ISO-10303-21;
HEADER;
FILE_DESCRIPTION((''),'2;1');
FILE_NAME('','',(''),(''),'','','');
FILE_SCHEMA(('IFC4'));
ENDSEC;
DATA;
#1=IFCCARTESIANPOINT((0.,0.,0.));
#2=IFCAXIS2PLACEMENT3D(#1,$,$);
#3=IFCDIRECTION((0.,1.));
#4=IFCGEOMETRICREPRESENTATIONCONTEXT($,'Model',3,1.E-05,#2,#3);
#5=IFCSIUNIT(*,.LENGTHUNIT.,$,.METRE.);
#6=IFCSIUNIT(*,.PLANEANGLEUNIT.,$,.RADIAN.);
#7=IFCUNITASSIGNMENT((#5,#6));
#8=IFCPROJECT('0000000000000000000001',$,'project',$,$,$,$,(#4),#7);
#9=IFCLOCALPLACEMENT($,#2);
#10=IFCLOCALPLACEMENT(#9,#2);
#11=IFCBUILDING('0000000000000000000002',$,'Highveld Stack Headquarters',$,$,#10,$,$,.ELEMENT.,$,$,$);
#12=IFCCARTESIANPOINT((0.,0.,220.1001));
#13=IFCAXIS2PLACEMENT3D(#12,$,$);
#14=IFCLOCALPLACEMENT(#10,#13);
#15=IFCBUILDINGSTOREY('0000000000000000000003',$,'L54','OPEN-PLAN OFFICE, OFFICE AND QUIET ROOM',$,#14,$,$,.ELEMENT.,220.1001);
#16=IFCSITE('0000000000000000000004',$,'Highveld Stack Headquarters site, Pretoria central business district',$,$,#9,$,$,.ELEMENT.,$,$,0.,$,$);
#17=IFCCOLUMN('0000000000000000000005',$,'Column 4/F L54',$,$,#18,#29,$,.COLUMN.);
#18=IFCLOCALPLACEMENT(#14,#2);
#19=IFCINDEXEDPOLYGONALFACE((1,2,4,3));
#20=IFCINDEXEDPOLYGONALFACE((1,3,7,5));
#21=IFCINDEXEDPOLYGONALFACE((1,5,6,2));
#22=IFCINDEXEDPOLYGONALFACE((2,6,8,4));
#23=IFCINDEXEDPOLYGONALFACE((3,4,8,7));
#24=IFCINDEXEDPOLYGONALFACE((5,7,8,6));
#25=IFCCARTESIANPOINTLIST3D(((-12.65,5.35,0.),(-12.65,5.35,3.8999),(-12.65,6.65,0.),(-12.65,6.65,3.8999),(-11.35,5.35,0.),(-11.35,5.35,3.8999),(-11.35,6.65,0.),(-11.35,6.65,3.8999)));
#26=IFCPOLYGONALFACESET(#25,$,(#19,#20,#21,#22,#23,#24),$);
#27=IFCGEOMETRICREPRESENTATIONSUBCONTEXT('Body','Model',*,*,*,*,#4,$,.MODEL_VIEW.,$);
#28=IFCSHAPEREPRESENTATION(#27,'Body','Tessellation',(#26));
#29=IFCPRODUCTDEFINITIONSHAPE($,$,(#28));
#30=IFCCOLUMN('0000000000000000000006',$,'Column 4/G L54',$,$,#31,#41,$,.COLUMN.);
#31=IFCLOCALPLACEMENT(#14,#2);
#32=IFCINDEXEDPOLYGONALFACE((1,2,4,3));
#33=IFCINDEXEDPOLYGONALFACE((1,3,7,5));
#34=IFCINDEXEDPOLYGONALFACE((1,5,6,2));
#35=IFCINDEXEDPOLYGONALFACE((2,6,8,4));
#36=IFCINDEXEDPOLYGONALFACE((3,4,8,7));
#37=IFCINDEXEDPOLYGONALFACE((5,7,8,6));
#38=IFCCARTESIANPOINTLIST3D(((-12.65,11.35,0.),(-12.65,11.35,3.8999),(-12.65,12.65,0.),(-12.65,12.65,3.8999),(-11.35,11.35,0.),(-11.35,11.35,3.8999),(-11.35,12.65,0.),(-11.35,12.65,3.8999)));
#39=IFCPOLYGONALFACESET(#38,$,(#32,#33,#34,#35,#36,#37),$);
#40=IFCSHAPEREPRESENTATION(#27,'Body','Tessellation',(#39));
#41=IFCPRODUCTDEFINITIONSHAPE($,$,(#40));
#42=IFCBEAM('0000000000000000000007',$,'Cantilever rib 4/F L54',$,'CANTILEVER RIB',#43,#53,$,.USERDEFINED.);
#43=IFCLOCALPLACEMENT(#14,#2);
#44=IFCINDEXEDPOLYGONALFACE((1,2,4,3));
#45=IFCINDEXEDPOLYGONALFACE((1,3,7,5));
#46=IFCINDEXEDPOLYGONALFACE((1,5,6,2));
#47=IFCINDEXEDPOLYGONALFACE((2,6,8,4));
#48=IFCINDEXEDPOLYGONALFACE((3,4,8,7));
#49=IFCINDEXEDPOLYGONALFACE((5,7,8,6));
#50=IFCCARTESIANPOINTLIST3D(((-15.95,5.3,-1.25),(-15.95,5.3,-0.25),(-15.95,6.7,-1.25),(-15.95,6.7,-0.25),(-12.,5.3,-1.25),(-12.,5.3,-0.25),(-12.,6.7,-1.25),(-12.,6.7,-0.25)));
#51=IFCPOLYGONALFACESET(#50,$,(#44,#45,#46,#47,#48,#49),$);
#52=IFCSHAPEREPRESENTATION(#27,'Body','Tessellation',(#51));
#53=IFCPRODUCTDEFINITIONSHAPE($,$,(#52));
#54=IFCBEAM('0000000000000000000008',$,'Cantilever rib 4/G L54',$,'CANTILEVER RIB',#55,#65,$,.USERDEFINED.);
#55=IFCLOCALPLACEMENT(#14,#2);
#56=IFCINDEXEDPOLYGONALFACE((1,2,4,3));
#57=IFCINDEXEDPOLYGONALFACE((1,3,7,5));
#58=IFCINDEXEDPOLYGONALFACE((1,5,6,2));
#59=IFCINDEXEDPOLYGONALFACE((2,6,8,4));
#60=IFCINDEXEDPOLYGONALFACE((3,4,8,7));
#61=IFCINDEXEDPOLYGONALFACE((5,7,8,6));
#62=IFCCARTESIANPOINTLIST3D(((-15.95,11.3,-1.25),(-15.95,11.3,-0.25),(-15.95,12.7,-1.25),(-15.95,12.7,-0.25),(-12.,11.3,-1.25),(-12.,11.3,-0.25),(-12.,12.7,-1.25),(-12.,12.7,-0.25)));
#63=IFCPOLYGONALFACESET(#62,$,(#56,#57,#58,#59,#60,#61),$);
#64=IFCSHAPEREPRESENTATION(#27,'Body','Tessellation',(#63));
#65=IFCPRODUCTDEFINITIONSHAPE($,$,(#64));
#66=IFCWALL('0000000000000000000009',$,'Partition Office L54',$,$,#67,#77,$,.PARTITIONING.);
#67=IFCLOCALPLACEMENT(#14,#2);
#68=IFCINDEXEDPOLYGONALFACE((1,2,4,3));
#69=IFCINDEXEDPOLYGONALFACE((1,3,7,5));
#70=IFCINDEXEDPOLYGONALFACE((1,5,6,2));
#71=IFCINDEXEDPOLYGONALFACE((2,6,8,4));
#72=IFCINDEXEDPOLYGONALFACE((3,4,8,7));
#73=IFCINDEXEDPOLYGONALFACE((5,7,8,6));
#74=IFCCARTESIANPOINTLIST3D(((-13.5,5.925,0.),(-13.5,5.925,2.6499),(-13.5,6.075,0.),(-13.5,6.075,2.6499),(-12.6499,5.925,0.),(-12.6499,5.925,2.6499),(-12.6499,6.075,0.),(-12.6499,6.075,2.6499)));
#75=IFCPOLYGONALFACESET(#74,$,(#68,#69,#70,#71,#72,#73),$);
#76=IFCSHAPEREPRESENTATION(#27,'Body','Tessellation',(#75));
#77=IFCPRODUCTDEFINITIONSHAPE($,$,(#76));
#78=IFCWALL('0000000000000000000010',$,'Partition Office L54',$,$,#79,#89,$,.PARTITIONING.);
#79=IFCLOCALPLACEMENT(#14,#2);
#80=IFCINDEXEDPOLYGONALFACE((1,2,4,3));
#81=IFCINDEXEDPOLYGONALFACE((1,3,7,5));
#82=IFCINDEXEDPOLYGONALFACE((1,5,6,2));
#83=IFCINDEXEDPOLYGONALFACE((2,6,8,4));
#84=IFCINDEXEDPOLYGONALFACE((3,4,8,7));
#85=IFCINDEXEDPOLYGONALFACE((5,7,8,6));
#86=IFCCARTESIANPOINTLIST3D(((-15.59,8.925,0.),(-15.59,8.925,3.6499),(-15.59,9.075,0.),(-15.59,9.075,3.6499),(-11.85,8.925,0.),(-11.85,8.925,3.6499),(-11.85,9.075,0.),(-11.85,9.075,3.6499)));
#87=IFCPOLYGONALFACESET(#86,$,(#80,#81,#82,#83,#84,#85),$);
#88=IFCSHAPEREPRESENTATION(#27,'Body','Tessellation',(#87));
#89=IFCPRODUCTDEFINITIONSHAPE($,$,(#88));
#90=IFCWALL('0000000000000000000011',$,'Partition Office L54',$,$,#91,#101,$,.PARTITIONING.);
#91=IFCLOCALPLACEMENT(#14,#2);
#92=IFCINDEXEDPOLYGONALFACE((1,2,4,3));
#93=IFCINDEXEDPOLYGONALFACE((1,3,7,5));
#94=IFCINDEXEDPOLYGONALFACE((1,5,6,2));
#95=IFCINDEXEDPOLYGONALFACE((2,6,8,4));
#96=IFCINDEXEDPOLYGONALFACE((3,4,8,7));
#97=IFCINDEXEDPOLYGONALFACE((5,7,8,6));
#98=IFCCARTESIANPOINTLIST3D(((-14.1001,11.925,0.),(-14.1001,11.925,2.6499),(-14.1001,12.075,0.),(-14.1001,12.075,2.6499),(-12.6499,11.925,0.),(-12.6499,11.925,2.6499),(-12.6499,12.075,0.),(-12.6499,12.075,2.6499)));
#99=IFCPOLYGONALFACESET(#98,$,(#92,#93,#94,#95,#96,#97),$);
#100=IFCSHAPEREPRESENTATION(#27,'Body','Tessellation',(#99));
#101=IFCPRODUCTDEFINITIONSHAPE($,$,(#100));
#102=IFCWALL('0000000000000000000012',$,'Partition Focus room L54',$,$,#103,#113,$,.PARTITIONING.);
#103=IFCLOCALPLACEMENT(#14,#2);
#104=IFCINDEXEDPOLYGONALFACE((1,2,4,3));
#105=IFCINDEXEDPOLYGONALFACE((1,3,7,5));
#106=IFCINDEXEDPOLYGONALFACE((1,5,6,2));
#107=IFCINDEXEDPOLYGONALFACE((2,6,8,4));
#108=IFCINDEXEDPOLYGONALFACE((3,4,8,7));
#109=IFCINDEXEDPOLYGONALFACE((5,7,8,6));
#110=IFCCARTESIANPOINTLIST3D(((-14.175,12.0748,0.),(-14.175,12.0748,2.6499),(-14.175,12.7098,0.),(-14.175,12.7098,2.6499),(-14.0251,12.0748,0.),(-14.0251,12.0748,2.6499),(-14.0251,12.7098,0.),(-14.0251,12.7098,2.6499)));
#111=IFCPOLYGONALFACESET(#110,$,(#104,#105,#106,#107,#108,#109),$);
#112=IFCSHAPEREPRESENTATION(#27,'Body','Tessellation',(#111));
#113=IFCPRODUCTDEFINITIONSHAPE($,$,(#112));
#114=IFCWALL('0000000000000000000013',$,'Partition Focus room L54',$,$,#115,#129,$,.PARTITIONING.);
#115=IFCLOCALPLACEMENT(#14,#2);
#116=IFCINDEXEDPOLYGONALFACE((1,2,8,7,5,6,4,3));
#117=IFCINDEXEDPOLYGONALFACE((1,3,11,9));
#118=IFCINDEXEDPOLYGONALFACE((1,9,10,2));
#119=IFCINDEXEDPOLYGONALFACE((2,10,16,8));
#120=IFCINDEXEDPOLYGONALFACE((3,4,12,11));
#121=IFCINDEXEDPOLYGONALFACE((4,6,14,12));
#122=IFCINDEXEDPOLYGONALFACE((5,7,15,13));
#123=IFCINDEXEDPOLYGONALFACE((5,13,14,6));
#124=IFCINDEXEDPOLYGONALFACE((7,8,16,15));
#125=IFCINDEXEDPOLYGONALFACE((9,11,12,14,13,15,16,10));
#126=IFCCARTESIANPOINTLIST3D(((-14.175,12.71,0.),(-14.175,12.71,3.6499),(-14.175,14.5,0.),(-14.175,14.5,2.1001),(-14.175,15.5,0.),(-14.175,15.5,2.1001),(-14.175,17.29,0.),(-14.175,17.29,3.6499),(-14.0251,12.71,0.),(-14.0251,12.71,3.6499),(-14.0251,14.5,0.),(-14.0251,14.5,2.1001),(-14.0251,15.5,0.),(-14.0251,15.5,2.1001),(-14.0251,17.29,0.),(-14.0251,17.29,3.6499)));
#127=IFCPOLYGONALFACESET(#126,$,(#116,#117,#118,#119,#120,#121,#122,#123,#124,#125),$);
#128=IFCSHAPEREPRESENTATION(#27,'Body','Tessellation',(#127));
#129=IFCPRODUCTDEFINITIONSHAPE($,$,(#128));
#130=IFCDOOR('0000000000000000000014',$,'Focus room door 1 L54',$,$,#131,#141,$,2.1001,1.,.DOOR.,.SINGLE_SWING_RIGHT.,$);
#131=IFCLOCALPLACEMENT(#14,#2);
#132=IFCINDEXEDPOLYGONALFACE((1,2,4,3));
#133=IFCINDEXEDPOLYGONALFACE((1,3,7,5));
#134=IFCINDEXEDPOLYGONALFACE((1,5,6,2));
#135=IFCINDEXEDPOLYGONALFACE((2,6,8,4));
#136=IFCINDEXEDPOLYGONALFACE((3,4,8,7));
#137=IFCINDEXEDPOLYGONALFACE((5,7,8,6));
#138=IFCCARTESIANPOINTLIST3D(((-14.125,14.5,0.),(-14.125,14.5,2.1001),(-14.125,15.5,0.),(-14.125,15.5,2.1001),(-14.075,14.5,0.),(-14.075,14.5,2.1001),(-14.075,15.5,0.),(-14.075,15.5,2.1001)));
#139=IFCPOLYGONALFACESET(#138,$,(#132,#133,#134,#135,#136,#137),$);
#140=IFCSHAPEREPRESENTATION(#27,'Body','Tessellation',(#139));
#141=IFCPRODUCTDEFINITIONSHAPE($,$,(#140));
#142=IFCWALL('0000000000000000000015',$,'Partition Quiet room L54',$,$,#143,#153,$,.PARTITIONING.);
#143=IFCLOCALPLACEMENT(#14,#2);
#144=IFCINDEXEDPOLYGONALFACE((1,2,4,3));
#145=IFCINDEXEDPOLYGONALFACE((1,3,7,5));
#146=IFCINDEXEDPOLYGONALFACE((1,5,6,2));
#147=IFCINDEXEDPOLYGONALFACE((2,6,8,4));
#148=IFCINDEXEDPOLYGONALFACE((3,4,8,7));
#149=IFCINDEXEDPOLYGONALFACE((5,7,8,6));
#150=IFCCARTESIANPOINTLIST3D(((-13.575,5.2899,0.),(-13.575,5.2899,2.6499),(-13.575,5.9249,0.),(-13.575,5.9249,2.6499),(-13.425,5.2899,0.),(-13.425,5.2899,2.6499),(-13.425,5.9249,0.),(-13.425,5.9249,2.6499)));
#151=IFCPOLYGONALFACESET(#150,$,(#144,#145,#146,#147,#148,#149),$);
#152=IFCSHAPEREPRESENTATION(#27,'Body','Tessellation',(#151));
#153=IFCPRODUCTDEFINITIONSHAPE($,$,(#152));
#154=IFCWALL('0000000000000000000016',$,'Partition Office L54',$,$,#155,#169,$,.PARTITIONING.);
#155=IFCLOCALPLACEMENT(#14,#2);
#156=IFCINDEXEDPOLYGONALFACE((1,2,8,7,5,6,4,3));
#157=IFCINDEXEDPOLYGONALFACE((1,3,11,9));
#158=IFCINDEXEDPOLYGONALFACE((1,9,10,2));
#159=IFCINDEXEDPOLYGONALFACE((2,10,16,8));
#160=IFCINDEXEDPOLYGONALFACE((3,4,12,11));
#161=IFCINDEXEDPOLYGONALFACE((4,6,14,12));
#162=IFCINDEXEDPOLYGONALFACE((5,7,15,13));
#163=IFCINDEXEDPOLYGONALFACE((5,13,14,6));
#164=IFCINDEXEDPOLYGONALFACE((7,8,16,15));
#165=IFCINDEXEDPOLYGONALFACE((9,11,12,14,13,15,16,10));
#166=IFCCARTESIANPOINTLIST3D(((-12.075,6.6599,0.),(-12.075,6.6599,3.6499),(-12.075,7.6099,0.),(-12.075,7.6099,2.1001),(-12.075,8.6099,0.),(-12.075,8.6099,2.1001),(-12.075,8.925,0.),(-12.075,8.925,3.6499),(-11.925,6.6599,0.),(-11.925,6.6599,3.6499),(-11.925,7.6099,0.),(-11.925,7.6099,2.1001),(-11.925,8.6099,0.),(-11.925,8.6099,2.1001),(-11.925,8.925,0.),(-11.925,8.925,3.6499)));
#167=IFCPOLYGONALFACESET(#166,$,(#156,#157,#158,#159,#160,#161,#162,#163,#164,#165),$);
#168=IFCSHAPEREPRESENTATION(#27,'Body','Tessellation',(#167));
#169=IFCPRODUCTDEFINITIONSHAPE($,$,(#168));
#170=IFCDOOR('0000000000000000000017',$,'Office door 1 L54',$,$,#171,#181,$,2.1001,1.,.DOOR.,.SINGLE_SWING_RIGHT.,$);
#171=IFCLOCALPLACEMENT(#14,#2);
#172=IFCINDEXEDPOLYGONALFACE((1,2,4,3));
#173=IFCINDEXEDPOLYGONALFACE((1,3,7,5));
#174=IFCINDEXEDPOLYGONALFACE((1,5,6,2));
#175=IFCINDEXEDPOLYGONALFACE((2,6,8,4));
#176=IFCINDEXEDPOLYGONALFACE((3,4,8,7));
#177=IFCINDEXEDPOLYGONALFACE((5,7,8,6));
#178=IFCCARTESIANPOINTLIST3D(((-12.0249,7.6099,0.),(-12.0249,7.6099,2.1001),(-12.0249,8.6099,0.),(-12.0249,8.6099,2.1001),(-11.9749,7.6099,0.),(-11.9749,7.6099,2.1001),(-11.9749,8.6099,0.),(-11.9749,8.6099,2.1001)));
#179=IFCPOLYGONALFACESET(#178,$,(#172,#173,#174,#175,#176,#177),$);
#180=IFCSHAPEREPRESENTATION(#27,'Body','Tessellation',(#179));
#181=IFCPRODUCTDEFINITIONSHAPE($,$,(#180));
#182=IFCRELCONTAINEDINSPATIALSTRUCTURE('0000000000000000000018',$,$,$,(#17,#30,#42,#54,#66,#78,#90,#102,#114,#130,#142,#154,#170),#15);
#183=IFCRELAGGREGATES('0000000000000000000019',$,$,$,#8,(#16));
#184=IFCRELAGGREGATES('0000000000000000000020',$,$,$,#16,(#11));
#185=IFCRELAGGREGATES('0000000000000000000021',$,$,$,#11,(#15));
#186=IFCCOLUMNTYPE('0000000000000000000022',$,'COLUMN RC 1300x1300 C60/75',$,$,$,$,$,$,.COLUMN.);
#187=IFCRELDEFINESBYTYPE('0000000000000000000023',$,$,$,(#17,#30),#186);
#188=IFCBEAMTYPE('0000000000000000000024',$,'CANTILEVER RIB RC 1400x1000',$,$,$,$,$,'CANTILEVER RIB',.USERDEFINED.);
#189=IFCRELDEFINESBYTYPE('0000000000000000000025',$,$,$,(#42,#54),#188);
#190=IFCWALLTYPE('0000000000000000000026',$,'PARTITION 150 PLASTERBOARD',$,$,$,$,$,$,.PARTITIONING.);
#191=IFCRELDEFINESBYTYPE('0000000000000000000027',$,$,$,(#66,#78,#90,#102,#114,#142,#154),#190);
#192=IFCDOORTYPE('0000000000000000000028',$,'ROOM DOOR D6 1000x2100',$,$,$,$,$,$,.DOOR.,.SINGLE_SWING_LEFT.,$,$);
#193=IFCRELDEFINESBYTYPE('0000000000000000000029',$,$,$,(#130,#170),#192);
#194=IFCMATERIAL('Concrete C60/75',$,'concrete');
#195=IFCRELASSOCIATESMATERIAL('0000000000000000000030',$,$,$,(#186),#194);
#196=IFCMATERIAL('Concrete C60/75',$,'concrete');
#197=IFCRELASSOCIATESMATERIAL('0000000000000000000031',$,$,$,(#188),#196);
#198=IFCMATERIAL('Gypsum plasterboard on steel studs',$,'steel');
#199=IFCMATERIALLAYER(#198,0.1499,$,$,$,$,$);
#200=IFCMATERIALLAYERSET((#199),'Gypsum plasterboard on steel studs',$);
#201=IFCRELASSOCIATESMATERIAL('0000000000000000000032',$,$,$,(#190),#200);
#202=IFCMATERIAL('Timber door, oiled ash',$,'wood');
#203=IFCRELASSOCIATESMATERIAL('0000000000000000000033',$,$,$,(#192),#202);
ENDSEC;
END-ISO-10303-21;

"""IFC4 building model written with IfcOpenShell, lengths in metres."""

from ifc_helpers import new_model, si_unit, direction, frame, frame_2d, origin, origin_2d, place, context, subcontext, project, spatial, rectangle, extrude, material, layer, layer_set, material_profile, profile_set, type_object, element, fill, save


model = new_model("IFC4")

# Units and contexts
model_context = context("Model", 3, precision=1e-05, world=origin(), true_north=direction((0.0, 1.0)))
body_context = subcontext(model_context, "Body", "Model", "MODEL_VIEW")
ifc_project = project(units=[si_unit("LENGTHUNIT", "METRE"), si_unit("PLANEANGLEUNIT", "RADIAN")], contexts=[model_context])

# Site, building, storey
site_placement = place(None, origin())
site = spatial("IfcSite", under=ifc_project, at=site_placement, Name="Highveld Stack Headquarters site, Pretoria central business district", CompositionType="ELEMENT", RefElevation=0.0)
building_placement = place(site_placement, origin())
building = spatial("IfcBuilding", under=site, at=building_placement, Name="Highveld Stack Headquarters", CompositionType="ELEMENT")
storey_placement = place(building_placement, frame((0.0, 0.0, 220.1001)))
storey = spatial("IfcBuildingStorey", under=building, at=storey_placement, Name="L54", Description="OPEN-PLAN OFFICE, OFFICE AND QUIET ROOM", CompositionType="ELEMENT", Elevation=220.1001)

# Columns
ifc_material_1 = material(Name="Concrete C60/75", Category="concrete")
ifc_material_profile_1 = material_profile(ifc_material_1, rectangle(XDim=1.3, YDim=1.3, at=origin_2d()), Name="RC 1300x1300")
ifc_profile_set_1 = profile_set([ifc_material_profile_1], Name="Concrete C60/75")
column_type = type_object("IfcColumnType", Name="COLUMN RC 1300x1300 C60/75", PredefinedType="COLUMN", material=ifc_profile_set_1)
for number, where, z_axis, x_axis, name in (
    (1, (-12.0, 6.0, 0.0), (0.0, 0.0, 1.0), (1.0, 0.0, 0.0), "Column 4/F L54"),
    (2, (-12.0, 12.0, 0.0), (0.0, 0.0, 1.0), (1.0, 0.0, 0.0), "Column 4/G L54"),
):
    element("IfcColumn", number, at=place(storey_placement, frame(where, z_axis=z_axis, x_axis=x_axis)), inside=storey, type_object=column_type, Name=name, PredefinedType="COLUMN", context=body_context, shape_type="SweptSolid", body=[
        extrude(rectangle(XDim=1.3, YDim=1.3, at=origin_2d()), origin(), (0.0, 0.0, 1.0), 3.8999),
    ])

# Beams
ifc_material_2 = material(Name="Concrete C60/75", Category="concrete")
ifc_material_profile_2 = material_profile(ifc_material_2, rectangle(XDim=1.3999, YDim=1.0, at=origin_2d()), Name="RC 1400x1000")
ifc_profile_set_2 = profile_set([ifc_material_profile_2], Name="Concrete C60/75")
beam_type = type_object("IfcBeamType", Name="CANTILEVER RIB RC 1400x1000", ElementType="CANTILEVER RIB", PredefinedType="USERDEFINED", material=ifc_profile_set_2)
for number, where, z_axis, x_axis, name in (
    (3, (-12.0, 6.0, -0.75), (-1.0, 0.0, 0.0), (0.0, -1.0, 0.0), "Cantilever rib 4/F L54"),
    (4, (-12.0, 12.0, -0.75), (-1.0, 0.0, 0.0), (0.0, -1.0, 0.0), "Cantilever rib 4/G L54"),
):
    element("IfcBeam", number, at=place(storey_placement, frame(where, z_axis=z_axis, x_axis=x_axis)), inside=storey, type_object=beam_type, Name=name, ObjectType="CANTILEVER RIB", PredefinedType="USERDEFINED", context=body_context, shape_type="SweptSolid", body=[
        extrude(rectangle(XDim=1.3999, YDim=1.0, at=origin_2d()), origin(), (0.0, 0.0, 1.0), 3.95),
    ])

# Walls
ifc_material_3 = material(Name="Gypsum plasterboard on steel studs", Category="steel")
ifc_layer = layer(ifc_material_3, 0.1499)
ifc_layer_set = layer_set([ifc_layer], Name="Gypsum plasterboard on steel studs")
wall_type = type_object("IfcWallType", Name="PARTITION 150 PLASTERBOARD", PredefinedType="PARTITIONING", material=ifc_layer_set)
wall_1_placement = place(storey_placement, frame((-13.5, 6.0, 0.0), z_axis=(0.0, 0.0, 1.0), x_axis=(1.0, 0.0, 0.0)))
element("IfcWall", 5, at=wall_1_placement, inside=storey, type_object=wall_type, Name="Partition Office L54", PredefinedType="PARTITIONING", context=body_context, shape_type="SweptSolid", body=[
    extrude(rectangle(XDim=0.8501, YDim=0.1499, at=frame_2d((0.425, 0.0))), origin(), (0.0, 0.0, 1.0), 2.6499),
])
wall_2_placement = place(storey_placement, frame((-15.5901, 9.0, 0.0), z_axis=(0.0, 0.0, 1.0), x_axis=(1.0, 0.0, 0.0)))
element("IfcWall", 6, at=wall_2_placement, inside=storey, type_object=wall_type, Name="Partition Office L54", PredefinedType="PARTITIONING", context=body_context, shape_type="SweptSolid", body=[
    extrude(rectangle(XDim=3.74, YDim=0.1499, at=frame_2d((1.8701, 0.0))), origin(), (0.0, 0.0, 1.0), 3.6499),
])
wall_3_placement = place(storey_placement, frame((-14.1001, 12.0, 0.0), z_axis=(0.0, 0.0, 1.0), x_axis=(1.0, 0.0, 0.0)))
element("IfcWall", 7, at=wall_3_placement, inside=storey, type_object=wall_type, Name="Partition Office L54", PredefinedType="PARTITIONING", context=body_context, shape_type="SweptSolid", body=[
    extrude(rectangle(XDim=1.4502, YDim=0.1499, at=frame_2d((0.7251, 0.0))), origin(), (0.0, 0.0, 1.0), 2.6499),
])
wall_4_placement = place(storey_placement, frame((-14.1001, 12.075, 0.0), z_axis=(0.0, 0.0, 1.0), x_axis=(0.0, 1.0, 0.0)))
element("IfcWall", 8, at=wall_4_placement, inside=storey, type_object=wall_type, Name="Partition Focus room L54", PredefinedType="PARTITIONING", context=body_context, shape_type="SweptSolid", body=[
    extrude(rectangle(XDim=0.635, YDim=0.1499, at=frame_2d((0.3174, 0.0))), origin(), (0.0, 0.0, 1.0), 2.6499),
])

# Wall, opening, door
wall_5_placement = place(storey_placement, frame((-14.1001, 12.71, 0.0), z_axis=(0.0, 0.0, 1.0), x_axis=(0.0, 1.0, 0.0)))
wall_5 = element("IfcWall", 9, at=wall_5_placement, inside=storey, type_object=wall_type, Name="Partition Focus room L54", PredefinedType="PARTITIONING", context=body_context, shape_type="SweptSolid", body=[
    extrude(rectangle(XDim=4.5801, YDim=0.1499, at=frame_2d((2.29, 0.0))), origin(), (0.0, 0.0, 1.0), 3.6499),
])
opening_1_placement = place(wall_5_placement, frame((1.79, 0.0, 0.0)))
opening_1 = element("IfcOpeningElement", 10, at=opening_1_placement, cuts=wall_5, PredefinedType="OPENING", context=body_context, shape_type="SweptSolid", body=[
    extrude(rectangle(XDim=1.0, YDim=2.1001, at=frame_2d((0.5, 1.05))), frame((0.0, 0.085, 0.0), z_axis=(0.0, -1.0, 0.0), x_axis=(1.0, 0.0, 0.0)), (0.0, 0.0, 1.0), 0.1699),
])
ifc_material_4 = material(Name="Timber door, oiled ash", Category="wood")
door_type = type_object("IfcDoorType", Name="ROOM DOOR D6 1000x2100", OperationType="SINGLE_SWING_LEFT", PredefinedType="DOOR", material=ifc_material_4)
door_1_placement = place(opening_1_placement, origin())
door_1 = element("IfcDoor", 11, at=door_1_placement, inside=storey, type_object=door_type, Name="Focus room door 1 L54", OperationType="SINGLE_SWING_RIGHT", OverallHeight=2.1001, OverallWidth=1.0, PredefinedType="DOOR", context=body_context, shape_type="SweptSolid", body=[
    extrude(rectangle(XDim=1.0, YDim=2.1001, at=frame_2d((0.5, 1.05))), frame((0.0, 0.0249, 0.0), z_axis=(0.0, -1.0, 0.0), x_axis=(1.0, 0.0, 0.0)), (0.0, 0.0, 1.0), 0.05),
])
fill(opening_1, door_1)

# Wall
wall_6_placement = place(storey_placement, frame((-13.5, 5.29, 0.0), z_axis=(0.0, 0.0, 1.0), x_axis=(0.0, 1.0, 0.0)))
element("IfcWall", 12, at=wall_6_placement, inside=storey, type_object=wall_type, Name="Partition Quiet room L54", PredefinedType="PARTITIONING", context=body_context, shape_type="SweptSolid", body=[
    extrude(rectangle(XDim=0.635, YDim=0.1499, at=frame_2d((0.3174, 0.0))), origin(), (0.0, 0.0, 1.0), 2.6499),
])

# Wall, opening, door
wall_7_placement = place(storey_placement, frame((-12.0, 6.6599, 0.0), z_axis=(0.0, 0.0, 1.0), x_axis=(0.0, 1.0, 0.0)))
wall_7 = element("IfcWall", 13, at=wall_7_placement, inside=storey, type_object=wall_type, Name="Partition Office L54", PredefinedType="PARTITIONING", context=body_context, shape_type="SweptSolid", body=[
    extrude(rectangle(XDim=2.2651, YDim=0.1499, at=frame_2d((1.1326, 0.0))), origin(), (0.0, 0.0, 1.0), 3.6499),
])
opening_2_placement = place(wall_7_placement, frame((0.95, 0.0, 0.0)))
opening_2 = element("IfcOpeningElement", 14, at=opening_2_placement, cuts=wall_7, PredefinedType="OPENING", context=body_context, shape_type="SweptSolid", body=[
    extrude(rectangle(XDim=1.0, YDim=2.1001, at=frame_2d((0.5, 1.05))), frame((0.0, 0.085, 0.0), z_axis=(0.0, -1.0, 0.0), x_axis=(1.0, 0.0, 0.0)), (0.0, 0.0, 1.0), 0.1699),
])
door_2_placement = place(opening_2_placement, origin())
door_2 = element("IfcDoor", 15, at=door_2_placement, inside=storey, type_object=door_type, Name="Office door 1 L54", OperationType="SINGLE_SWING_RIGHT", OverallHeight=2.1001, OverallWidth=1.0, PredefinedType="DOOR", context=body_context, shape_type="SweptSolid", body=[
    extrude(rectangle(XDim=1.0, YDim=2.1001, at=frame_2d((0.5, 1.05))), frame((0.0, 0.0249, 0.0), z_axis=(0.0, -1.0, 0.0), x_axis=(1.0, 0.0, 0.0)), (0.0, 0.0, 1.0), 0.05),
])
fill(opening_2, door_2)

save(model, "model.ifc")
